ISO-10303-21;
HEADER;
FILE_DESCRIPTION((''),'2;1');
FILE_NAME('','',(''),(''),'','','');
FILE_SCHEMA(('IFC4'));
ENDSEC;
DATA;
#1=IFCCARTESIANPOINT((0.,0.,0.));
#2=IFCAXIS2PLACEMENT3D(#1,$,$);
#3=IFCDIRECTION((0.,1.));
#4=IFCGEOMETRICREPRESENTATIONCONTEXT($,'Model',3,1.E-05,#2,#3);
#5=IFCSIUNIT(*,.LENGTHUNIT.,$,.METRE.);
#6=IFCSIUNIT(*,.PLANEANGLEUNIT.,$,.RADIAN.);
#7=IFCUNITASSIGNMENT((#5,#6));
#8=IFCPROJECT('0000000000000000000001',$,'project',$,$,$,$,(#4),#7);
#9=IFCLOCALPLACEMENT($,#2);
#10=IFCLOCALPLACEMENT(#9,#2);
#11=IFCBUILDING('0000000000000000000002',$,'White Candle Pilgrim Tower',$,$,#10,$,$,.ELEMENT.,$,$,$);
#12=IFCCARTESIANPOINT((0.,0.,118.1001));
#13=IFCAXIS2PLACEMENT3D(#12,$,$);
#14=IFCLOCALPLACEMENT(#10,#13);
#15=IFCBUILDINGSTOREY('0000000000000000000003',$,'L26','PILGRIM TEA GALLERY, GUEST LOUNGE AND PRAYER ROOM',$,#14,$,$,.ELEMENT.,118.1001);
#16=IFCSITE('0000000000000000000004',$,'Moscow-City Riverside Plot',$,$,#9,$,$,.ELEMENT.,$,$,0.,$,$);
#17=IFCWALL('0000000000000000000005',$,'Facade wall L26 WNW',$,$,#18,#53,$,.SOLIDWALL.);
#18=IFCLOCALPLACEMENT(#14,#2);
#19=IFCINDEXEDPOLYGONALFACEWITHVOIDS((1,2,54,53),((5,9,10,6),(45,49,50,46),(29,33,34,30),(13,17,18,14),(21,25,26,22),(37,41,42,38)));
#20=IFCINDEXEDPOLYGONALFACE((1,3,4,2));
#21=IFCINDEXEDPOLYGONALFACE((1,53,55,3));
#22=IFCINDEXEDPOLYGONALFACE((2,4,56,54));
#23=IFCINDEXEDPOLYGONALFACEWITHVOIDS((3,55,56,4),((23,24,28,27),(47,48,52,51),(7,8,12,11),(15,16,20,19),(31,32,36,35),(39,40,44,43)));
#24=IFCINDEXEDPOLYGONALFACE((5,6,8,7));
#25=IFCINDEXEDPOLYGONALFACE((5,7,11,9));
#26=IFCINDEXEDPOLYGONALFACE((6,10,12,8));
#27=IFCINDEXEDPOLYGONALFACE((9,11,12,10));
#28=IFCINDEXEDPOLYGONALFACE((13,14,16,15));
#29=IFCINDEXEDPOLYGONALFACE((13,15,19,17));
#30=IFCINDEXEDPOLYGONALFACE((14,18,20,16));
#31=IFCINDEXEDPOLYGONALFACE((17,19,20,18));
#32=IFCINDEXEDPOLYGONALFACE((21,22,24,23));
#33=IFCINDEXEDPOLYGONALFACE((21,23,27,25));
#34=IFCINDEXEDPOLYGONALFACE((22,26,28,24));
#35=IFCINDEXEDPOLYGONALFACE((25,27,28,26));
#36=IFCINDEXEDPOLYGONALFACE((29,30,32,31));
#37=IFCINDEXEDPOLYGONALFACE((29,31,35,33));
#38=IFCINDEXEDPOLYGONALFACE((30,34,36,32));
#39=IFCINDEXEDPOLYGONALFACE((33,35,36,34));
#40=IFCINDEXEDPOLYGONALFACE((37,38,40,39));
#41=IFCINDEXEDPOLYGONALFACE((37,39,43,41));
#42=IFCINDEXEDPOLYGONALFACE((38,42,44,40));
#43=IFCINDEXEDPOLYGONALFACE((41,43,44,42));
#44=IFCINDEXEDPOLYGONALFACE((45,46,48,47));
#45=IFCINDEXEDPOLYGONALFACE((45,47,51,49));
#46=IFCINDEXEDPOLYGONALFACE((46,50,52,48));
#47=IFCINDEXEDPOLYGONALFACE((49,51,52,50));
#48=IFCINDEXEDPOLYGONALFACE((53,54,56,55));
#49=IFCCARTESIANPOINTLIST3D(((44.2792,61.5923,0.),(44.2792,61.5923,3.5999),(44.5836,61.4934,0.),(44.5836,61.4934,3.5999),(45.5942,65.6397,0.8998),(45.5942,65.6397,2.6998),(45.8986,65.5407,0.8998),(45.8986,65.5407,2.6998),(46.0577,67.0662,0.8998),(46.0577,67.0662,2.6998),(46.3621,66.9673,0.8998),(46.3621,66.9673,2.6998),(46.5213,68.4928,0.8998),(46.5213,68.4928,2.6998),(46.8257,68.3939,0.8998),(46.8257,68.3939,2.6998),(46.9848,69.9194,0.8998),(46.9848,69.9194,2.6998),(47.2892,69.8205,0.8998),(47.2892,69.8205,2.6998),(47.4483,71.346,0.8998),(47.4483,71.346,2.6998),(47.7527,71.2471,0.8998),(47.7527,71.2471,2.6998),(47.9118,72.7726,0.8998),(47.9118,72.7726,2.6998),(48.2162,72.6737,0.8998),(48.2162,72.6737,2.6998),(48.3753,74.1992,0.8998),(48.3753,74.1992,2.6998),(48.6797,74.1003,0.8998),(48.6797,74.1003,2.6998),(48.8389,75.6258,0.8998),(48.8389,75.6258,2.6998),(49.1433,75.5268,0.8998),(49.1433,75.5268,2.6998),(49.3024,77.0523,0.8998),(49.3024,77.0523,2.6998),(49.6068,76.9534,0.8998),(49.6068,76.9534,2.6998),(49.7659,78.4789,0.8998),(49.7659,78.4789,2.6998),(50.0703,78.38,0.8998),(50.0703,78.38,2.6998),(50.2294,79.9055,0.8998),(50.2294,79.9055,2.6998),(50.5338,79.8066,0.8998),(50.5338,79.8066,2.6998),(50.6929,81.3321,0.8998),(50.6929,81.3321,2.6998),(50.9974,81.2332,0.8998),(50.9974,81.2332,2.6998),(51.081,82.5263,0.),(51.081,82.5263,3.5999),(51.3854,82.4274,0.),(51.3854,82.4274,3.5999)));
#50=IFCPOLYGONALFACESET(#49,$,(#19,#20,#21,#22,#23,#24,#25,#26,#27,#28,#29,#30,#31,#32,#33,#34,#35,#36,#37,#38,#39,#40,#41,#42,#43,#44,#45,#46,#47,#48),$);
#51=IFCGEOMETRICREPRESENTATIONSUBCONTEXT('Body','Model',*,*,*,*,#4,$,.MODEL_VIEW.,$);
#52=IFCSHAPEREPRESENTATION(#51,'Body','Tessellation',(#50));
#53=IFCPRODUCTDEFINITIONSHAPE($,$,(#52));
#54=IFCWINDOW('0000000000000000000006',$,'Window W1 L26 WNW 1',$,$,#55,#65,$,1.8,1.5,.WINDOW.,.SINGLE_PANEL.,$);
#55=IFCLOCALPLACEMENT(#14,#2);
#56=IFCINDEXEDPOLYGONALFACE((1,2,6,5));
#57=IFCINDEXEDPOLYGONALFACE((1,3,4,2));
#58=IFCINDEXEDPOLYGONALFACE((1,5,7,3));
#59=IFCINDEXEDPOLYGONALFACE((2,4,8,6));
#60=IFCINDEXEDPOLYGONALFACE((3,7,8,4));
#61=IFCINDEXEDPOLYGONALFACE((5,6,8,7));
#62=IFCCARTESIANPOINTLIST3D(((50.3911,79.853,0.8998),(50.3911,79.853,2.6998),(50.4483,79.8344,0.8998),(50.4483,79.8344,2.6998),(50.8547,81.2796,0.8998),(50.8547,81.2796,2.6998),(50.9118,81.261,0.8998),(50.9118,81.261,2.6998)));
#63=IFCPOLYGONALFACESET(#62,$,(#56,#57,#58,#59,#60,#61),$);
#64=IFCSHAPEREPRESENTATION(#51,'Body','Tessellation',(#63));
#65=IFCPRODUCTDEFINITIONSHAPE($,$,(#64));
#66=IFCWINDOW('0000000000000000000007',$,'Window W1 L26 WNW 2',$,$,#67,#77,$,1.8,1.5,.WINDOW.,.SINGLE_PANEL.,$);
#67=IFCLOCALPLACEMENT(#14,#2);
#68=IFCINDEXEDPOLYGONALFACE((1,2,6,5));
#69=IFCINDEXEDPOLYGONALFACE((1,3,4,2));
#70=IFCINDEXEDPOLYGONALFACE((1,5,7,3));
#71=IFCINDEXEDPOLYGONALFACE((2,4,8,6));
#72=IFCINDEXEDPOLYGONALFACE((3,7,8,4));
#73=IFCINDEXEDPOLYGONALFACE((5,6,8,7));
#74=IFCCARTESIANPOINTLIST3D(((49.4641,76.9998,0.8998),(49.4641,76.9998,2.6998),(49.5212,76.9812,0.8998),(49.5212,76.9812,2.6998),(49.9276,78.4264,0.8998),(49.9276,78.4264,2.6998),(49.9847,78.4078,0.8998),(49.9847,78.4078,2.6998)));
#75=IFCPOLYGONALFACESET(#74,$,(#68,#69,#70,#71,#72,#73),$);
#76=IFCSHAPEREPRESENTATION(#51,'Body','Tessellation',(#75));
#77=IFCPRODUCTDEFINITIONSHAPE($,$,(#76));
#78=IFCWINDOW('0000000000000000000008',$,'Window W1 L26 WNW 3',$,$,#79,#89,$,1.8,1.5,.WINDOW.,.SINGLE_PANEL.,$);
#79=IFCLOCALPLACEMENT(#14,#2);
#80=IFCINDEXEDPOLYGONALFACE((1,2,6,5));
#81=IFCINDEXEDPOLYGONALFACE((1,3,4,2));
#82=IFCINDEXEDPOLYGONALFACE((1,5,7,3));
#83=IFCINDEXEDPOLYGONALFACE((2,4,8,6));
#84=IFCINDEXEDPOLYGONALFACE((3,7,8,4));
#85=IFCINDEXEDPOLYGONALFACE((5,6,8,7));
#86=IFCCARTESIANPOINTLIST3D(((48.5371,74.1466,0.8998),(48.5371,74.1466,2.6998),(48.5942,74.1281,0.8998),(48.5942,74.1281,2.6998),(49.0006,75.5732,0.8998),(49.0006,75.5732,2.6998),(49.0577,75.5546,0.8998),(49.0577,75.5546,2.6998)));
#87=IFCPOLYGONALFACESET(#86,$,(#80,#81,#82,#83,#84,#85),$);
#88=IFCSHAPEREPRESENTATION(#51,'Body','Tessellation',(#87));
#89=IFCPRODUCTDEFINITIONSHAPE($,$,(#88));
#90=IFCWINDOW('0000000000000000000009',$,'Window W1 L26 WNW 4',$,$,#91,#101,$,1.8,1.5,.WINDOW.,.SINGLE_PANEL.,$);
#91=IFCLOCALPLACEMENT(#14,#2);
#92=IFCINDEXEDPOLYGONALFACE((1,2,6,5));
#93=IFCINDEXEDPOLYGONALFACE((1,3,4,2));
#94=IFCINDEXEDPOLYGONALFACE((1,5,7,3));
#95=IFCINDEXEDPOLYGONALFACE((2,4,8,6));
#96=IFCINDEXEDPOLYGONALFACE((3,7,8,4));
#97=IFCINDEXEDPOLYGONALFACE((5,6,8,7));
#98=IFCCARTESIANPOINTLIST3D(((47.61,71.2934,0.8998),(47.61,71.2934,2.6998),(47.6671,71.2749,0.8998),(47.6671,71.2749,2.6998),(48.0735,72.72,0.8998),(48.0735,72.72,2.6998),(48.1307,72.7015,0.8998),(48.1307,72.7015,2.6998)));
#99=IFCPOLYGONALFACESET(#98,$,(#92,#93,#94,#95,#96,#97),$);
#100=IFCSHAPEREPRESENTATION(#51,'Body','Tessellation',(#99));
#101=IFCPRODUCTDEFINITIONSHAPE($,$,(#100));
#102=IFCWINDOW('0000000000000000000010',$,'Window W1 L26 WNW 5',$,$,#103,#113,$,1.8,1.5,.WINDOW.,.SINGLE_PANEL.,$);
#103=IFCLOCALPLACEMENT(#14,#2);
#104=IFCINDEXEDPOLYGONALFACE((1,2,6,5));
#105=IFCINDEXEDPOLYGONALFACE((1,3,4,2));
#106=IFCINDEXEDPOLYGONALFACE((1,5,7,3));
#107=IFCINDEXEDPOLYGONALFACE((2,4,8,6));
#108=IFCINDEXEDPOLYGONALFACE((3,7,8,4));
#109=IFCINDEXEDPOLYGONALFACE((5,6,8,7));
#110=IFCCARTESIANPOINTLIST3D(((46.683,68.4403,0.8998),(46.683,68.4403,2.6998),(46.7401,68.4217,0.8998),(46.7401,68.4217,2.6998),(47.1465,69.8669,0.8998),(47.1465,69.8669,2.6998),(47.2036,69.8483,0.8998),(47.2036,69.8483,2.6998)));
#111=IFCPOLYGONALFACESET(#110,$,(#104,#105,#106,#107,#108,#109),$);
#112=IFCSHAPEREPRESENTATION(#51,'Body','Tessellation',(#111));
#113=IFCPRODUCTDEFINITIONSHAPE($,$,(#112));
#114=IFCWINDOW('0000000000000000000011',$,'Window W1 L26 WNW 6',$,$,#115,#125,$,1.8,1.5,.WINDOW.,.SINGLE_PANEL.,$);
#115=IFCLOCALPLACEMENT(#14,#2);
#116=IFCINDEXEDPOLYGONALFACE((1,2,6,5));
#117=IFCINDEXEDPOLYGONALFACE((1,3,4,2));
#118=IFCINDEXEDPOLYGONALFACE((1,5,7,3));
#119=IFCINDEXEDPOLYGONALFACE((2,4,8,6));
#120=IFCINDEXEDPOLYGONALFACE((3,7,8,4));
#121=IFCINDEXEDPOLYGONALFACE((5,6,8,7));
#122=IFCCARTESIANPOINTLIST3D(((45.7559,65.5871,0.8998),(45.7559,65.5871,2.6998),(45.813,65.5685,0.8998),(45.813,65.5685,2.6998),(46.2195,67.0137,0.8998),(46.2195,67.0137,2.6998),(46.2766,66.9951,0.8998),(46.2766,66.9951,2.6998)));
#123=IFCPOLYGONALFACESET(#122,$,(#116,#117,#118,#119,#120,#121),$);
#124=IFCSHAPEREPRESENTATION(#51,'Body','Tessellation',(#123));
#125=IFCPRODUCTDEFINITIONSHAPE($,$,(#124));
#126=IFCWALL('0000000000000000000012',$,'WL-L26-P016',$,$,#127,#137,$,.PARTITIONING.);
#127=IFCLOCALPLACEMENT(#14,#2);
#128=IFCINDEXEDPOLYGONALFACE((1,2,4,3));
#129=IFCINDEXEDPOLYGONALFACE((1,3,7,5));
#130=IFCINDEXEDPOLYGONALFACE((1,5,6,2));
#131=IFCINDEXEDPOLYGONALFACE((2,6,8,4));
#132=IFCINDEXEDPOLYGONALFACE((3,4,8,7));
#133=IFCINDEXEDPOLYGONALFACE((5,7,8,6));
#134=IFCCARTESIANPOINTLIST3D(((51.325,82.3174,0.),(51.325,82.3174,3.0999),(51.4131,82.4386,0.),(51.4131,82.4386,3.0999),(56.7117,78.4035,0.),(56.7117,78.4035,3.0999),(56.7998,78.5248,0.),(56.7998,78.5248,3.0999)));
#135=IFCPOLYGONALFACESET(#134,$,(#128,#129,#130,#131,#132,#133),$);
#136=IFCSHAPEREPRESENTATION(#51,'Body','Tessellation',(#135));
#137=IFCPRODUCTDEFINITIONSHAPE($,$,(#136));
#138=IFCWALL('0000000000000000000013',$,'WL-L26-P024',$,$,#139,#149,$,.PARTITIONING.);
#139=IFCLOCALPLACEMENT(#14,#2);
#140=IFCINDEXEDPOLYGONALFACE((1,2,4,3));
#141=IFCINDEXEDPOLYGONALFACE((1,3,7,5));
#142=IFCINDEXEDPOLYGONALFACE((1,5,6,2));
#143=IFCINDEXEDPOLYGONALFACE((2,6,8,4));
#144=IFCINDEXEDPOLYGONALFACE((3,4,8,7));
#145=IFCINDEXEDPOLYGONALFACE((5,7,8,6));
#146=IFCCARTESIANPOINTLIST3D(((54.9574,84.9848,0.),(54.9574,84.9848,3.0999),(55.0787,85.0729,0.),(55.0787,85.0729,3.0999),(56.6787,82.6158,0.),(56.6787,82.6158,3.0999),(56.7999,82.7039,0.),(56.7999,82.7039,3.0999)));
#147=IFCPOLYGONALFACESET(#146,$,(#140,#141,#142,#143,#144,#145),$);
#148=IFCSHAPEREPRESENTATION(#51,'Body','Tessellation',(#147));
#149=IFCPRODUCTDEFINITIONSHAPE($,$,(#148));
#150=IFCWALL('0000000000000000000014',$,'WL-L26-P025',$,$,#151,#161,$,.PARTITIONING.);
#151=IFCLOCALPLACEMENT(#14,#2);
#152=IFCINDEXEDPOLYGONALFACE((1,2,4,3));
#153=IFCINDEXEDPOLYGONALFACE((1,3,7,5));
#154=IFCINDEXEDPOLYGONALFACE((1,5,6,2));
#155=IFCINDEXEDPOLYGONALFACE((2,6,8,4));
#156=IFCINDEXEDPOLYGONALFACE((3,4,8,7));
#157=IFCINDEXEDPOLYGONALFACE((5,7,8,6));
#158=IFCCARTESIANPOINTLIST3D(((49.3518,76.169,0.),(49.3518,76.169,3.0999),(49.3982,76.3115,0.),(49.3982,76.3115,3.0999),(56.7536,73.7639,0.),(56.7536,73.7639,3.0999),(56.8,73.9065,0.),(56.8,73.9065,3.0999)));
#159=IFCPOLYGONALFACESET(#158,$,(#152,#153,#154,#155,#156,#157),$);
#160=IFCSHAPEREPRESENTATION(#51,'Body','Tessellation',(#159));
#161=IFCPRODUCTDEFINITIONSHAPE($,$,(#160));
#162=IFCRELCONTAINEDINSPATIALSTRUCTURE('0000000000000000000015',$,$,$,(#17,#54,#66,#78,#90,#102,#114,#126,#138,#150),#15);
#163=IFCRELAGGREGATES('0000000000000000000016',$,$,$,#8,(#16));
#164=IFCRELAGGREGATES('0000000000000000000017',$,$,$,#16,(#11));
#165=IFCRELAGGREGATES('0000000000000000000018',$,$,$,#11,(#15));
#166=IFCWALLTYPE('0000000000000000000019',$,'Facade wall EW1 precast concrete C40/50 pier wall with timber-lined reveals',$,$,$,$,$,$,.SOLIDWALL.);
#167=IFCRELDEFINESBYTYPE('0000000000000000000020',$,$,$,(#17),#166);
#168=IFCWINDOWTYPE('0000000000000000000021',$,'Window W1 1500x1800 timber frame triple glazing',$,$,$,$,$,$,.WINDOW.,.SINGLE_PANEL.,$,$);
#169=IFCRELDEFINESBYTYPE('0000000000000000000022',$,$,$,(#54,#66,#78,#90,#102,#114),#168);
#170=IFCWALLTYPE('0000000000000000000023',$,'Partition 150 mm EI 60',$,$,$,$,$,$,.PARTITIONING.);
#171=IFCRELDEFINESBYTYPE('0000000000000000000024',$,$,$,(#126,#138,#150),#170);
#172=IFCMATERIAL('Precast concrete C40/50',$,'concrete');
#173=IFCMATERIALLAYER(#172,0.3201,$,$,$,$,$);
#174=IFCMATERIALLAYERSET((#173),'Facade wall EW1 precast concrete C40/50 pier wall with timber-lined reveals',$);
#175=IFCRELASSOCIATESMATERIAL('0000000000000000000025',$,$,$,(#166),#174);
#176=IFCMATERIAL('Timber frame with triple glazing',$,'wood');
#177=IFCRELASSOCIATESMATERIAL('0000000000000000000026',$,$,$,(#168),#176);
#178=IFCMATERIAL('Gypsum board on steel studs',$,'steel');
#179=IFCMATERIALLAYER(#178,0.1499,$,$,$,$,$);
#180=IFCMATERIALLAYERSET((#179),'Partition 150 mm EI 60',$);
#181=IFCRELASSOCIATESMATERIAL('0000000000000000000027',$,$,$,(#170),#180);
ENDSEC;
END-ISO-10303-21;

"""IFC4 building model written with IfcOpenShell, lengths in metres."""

from ifc_helpers import new_model, si_unit, direction, frame, frame_2d, origin, place, context, subcontext, project, spatial, rectangle, extrude, material, layer, layer_set, type_object, element, fill, save


model = new_model("IFC4")

# Units and contexts
model_context = context("Model", 3, precision=1e-05, world=origin(), true_north=direction((0.0, 1.0)))
body_context = subcontext(model_context, "Body", "Model", "MODEL_VIEW")
ifc_project = project(units=[si_unit("LENGTHUNIT", "METRE"), si_unit("PLANEANGLEUNIT", "RADIAN")], contexts=[model_context])

# Site, building, storey
site_placement = place(None, origin())
site = spatial("IfcSite", under=ifc_project, at=site_placement, Name="Moscow-City Riverside Plot", CompositionType="ELEMENT", RefElevation=0.0)
building_placement = place(site_placement, origin())
building = spatial("IfcBuilding", under=site, at=building_placement, Name="White Candle Pilgrim Tower", CompositionType="ELEMENT")
storey_placement = place(building_placement, frame((0.0, 0.0, 118.1001)))
storey = spatial("IfcBuildingStorey", under=building, at=storey_placement, Name="L26", Description="PILGRIM TEA GALLERY, GUEST LOUNGE AND PRAYER ROOM", CompositionType="ELEMENT", Elevation=118.1001)

# Wall, openings, windows
ifc_material_1 = material(Name="Precast concrete C40/50", Category="concrete")
ifc_layer_1 = layer(ifc_material_1, 0.3201)
ifc_layer_set_1 = layer_set([ifc_layer_1], Name="Facade wall EW1 precast concrete C40/50 pier wall with timber-lined reveals")
wall_type_1 = type_object("IfcWallType", Name="Facade wall EW1 precast concrete C40/50 pier wall with timber-lined reveals", PredefinedType="SOLIDWALL", material=ifc_layer_set_1)
ifc_material_2 = material(Name="Timber frame with triple glazing", Category="wood")
wall_1_placement = place(storey_placement, frame((51.2332, 82.4768, 0.0), z_axis=(0.0, 0.0, 1.0), x_axis=(-0.309015, -0.951057, 0.0)))
wall_1 = element("IfcWall", 1, at=wall_1_placement, inside=storey, type_object=wall_type_1, Name="Facade wall L26 WNW", PredefinedType="SOLIDWALL", context=body_context, shape_type="SweptSolid", body=[
    extrude(rectangle(XDim=22.0112, YDim=0.3201, at=frame_2d((11.0056, 0.0))), origin(), (0.0, 0.0, 1.0), 3.5999),
])
opening_1_placement = place(wall_1_placement, frame((1.2556, 0.0, 0.8999)))
opening_1 = element("IfcOpeningElement", 2, at=opening_1_placement, cuts=wall_1, PredefinedType="OPENING", context=body_context, shape_type="SweptSolid", body=[
    extrude(rectangle(XDim=1.5, YDim=1.8, at=frame_2d((0.75, 0.8999))), frame((0.0, 0.1699, 0.0), z_axis=(0.0, -1.0, 0.0), x_axis=(1.0, 0.0, 0.0)), (0.0, 0.0, 1.0), 0.3401),
])
opening_2_placement = place(wall_1_placement, frame((4.2556, 0.0, 0.8999)))
opening_2 = element("IfcOpeningElement", 3, at=opening_2_placement, cuts=wall_1, PredefinedType="OPENING", context=body_context, shape_type="SweptSolid", body=[
    extrude(rectangle(XDim=1.5, YDim=1.8, at=frame_2d((0.75, 0.8999))), frame((0.0, 0.1699, 0.0), z_axis=(0.0, -1.0, 0.0), x_axis=(1.0, 0.0, 0.0)), (0.0, 0.0, 1.0), 0.3401),
])
opening_3_placement = place(wall_1_placement, frame((7.2556, 0.0, 0.8999)))
opening_3 = element("IfcOpeningElement", 4, at=opening_3_placement, cuts=wall_1, PredefinedType="OPENING", context=body_context, shape_type="SweptSolid", body=[
    extrude(rectangle(XDim=1.5, YDim=1.8, at=frame_2d((0.75, 0.8999))), frame((0.0, 0.1699, 0.0), z_axis=(0.0, -1.0, 0.0), x_axis=(1.0, 0.0, 0.0)), (0.0, 0.0, 1.0), 0.3401),
])
opening_4_placement = place(wall_1_placement, frame((10.2556, 0.0, 0.8999)))
opening_4 = element("IfcOpeningElement", 5, at=opening_4_placement, cuts=wall_1, PredefinedType="OPENING", context=body_context, shape_type="SweptSolid", body=[
    extrude(rectangle(XDim=1.5, YDim=1.8, at=frame_2d((0.75, 0.8999))), frame((0.0, 0.1699, 0.0), z_axis=(0.0, -1.0, 0.0), x_axis=(1.0, 0.0, 0.0)), (0.0, 0.0, 1.0), 0.3401),
])
opening_5_placement = place(wall_1_placement, frame((13.2556, 0.0, 0.8999)))
opening_5 = element("IfcOpeningElement", 6, at=opening_5_placement, cuts=wall_1, PredefinedType="OPENING", context=body_context, shape_type="SweptSolid", body=[
    extrude(rectangle(XDim=1.5, YDim=1.8, at=frame_2d((0.75, 0.8999))), frame((0.0, 0.1699, 0.0), z_axis=(0.0, -1.0, 0.0), x_axis=(1.0, 0.0, 0.0)), (0.0, 0.0, 1.0), 0.3401),
])
opening_6_placement = place(wall_1_placement, frame((16.2556, 0.0, 0.8999)))
opening_6 = element("IfcOpeningElement", 7, at=opening_6_placement, cuts=wall_1, PredefinedType="OPENING", context=body_context, shape_type="SweptSolid", body=[
    extrude(rectangle(XDim=1.5, YDim=1.8, at=frame_2d((0.75, 0.8999))), frame((0.0, 0.1699, 0.0), z_axis=(0.0, -1.0, 0.0), x_axis=(1.0, 0.0, 0.0)), (0.0, 0.0, 1.0), 0.3401),
])
window_type_1 = type_object("IfcWindowType", Name="Window W1 1500x1800 timber frame triple glazing", PartitioningType="SINGLE_PANEL", PredefinedType="WINDOW", material=ifc_material_2)
window_1_placement = place(opening_1_placement, origin())
window_1 = element("IfcWindow", 8, at=window_1_placement, inside=storey, type_object=window_type_1, Name="Window W1 L26 WNW 1", OverallHeight=1.8, OverallWidth=1.5, PartitioningType="SINGLE_PANEL", PredefinedType="WINDOW", context=body_context, shape_type="SweptSolid", body=[
    extrude(rectangle(XDim=1.5, YDim=1.8, at=frame_2d((0.75, 0.8999))), frame((0.0, 0.0701, 0.0), z_axis=(0.0, -1.0, 0.0), x_axis=(1.0, 0.0, 0.0)), (0.0, 0.0, 1.0), 0.0601),
])
fill(opening_1, window_1)
window_2_placement = place(opening_2_placement, origin())
window_2 = element("IfcWindow", 9, at=window_2_placement, inside=storey, type_object=window_type_1, Name="Window W1 L26 WNW 2", OverallHeight=1.8, OverallWidth=1.5, PartitioningType="SINGLE_PANEL", PredefinedType="WINDOW", context=body_context, shape_type="SweptSolid", body=[
    extrude(rectangle(XDim=1.5, YDim=1.8, at=frame_2d((0.75, 0.8999))), frame((0.0, 0.0701, 0.0), z_axis=(0.0, -1.0, 0.0), x_axis=(1.0, 0.0, 0.0)), (0.0, 0.0, 1.0), 0.0601),
])
fill(opening_2, window_2)
window_3_placement = place(opening_3_placement, origin())
window_3 = element("IfcWindow", 10, at=window_3_placement, inside=storey, type_object=window_type_1, Name="Window W1 L26 WNW 3", OverallHeight=1.8, OverallWidth=1.5, PartitioningType="SINGLE_PANEL", PredefinedType="WINDOW", context=body_context, shape_type="SweptSolid", body=[
    extrude(rectangle(XDim=1.5, YDim=1.8, at=frame_2d((0.75, 0.8999))), frame((0.0, 0.0701, 0.0), z_axis=(0.0, -1.0, 0.0), x_axis=(1.0, 0.0, 0.0)), (0.0, 0.0, 1.0), 0.0601),
])
fill(opening_3, window_3)
window_4_placement = place(opening_4_placement, origin())
window_4 = element("IfcWindow", 11, at=window_4_placement, inside=storey, type_object=window_type_1, Name="Window W1 L26 WNW 4", OverallHeight=1.8, OverallWidth=1.5, PartitioningType="SINGLE_PANEL", PredefinedType="WINDOW", context=body_context, shape_type="SweptSolid", body=[
    extrude(rectangle(XDim=1.5, YDim=1.8, at=frame_2d((0.75, 0.8999))), frame((0.0, 0.0701, 0.0), z_axis=(0.0, -1.0, 0.0), x_axis=(1.0, 0.0, 0.0)), (0.0, 0.0, 1.0), 0.0601),
])
fill(opening_4, window_4)
window_5_placement = place(opening_5_placement, origin())
window_5 = element("IfcWindow", 12, at=window_5_placement, inside=storey, type_object=window_type_1, Name="Window W1 L26 WNW 5", OverallHeight=1.8, OverallWidth=1.5, PartitioningType="SINGLE_PANEL", PredefinedType="WINDOW", context=body_context, shape_type="SweptSolid", body=[
    extrude(rectangle(XDim=1.5, YDim=1.8, at=frame_2d((0.75, 0.8999))), frame((0.0, 0.0701, 0.0), z_axis=(0.0, -1.0, 0.0), x_axis=(1.0, 0.0, 0.0)), (0.0, 0.0, 1.0), 0.0601),
])
fill(opening_5, window_5)
window_6_placement = place(opening_6_placement, origin())
window_6 = element("IfcWindow", 13, at=window_6_placement, inside=storey, type_object=window_type_1, Name="Window W1 L26 WNW 6", OverallHeight=1.8, OverallWidth=1.5, PartitioningType="SINGLE_PANEL", PredefinedType="WINDOW", context=body_context, shape_type="SweptSolid", body=[
    extrude(rectangle(XDim=1.5, YDim=1.8, at=frame_2d((0.75, 0.8999))), frame((0.0, 0.0701, 0.0), z_axis=(0.0, -1.0, 0.0), x_axis=(1.0, 0.0, 0.0)), (0.0, 0.0, 1.0), 0.0601),
])
fill(opening_6, window_6)

# Walls
ifc_material_3 = material(Name="Gypsum board on steel studs", Category="steel")
ifc_layer_2 = layer(ifc_material_3, 0.1499)
ifc_layer_set_2 = layer_set([ifc_layer_2], Name="Partition 150 mm EI 60")
wall_type_2 = type_object("IfcWallType", Name="Partition 150 mm EI 60", PredefinedType="PARTITIONING", material=ifc_layer_set_2)
wall_2_placement = place(storey_placement, frame((51.3691, 82.3779, 0.0), z_axis=(0.0, 0.0, 1.0), x_axis=(0.809007, -0.587799, 0.0)))
element("IfcWall", 14, at=wall_2_placement, inside=storey, type_object=wall_type_2, Name="WL-L26-P016", PredefinedType="PARTITIONING", context=body_context, shape_type="SweptSolid", body=[
    extrude(rectangle(XDim=6.6584, YDim=0.1499, at=frame_2d((3.3291, 0.0))), origin(), (0.0, 0.0, 1.0), 3.0999),
])
wall_3_placement = place(storey_placement, frame((55.0181, 85.0288, 0.0), z_axis=(0.0, 0.0, 1.0), x_axis=(0.587805, -0.809003, 0.0)))
element("IfcWall", 15, at=wall_3_placement, inside=storey, type_object=wall_type_2, Name="WL-L26-P024", PredefinedType="PARTITIONING", context=body_context, shape_type="SweptSolid", body=[
    extrude(rectangle(XDim=2.9282, YDim=0.1499, at=frame_2d((1.4641, 0.0))), origin(), (0.0, 0.0, 1.0), 3.0999),
])
wall_4_placement = place(storey_placement, frame((49.375, 76.2402, 0.0), z_axis=(0.0, 0.0, 1.0), x_axis=(0.951056, -0.309019, 0.0)))
element("IfcWall", 16, at=wall_4_placement, inside=storey, type_object=wall_type_2, Name="WL-L26-P025", PredefinedType="PARTITIONING", context=body_context, shape_type="SweptSolid", body=[
    extrude(rectangle(XDim=7.7827, YDim=0.1499, at=frame_2d((3.8914, 0.0))), origin(), (0.0, 0.0, 1.0), 3.0999),
])

save(model, "model.ifc")
